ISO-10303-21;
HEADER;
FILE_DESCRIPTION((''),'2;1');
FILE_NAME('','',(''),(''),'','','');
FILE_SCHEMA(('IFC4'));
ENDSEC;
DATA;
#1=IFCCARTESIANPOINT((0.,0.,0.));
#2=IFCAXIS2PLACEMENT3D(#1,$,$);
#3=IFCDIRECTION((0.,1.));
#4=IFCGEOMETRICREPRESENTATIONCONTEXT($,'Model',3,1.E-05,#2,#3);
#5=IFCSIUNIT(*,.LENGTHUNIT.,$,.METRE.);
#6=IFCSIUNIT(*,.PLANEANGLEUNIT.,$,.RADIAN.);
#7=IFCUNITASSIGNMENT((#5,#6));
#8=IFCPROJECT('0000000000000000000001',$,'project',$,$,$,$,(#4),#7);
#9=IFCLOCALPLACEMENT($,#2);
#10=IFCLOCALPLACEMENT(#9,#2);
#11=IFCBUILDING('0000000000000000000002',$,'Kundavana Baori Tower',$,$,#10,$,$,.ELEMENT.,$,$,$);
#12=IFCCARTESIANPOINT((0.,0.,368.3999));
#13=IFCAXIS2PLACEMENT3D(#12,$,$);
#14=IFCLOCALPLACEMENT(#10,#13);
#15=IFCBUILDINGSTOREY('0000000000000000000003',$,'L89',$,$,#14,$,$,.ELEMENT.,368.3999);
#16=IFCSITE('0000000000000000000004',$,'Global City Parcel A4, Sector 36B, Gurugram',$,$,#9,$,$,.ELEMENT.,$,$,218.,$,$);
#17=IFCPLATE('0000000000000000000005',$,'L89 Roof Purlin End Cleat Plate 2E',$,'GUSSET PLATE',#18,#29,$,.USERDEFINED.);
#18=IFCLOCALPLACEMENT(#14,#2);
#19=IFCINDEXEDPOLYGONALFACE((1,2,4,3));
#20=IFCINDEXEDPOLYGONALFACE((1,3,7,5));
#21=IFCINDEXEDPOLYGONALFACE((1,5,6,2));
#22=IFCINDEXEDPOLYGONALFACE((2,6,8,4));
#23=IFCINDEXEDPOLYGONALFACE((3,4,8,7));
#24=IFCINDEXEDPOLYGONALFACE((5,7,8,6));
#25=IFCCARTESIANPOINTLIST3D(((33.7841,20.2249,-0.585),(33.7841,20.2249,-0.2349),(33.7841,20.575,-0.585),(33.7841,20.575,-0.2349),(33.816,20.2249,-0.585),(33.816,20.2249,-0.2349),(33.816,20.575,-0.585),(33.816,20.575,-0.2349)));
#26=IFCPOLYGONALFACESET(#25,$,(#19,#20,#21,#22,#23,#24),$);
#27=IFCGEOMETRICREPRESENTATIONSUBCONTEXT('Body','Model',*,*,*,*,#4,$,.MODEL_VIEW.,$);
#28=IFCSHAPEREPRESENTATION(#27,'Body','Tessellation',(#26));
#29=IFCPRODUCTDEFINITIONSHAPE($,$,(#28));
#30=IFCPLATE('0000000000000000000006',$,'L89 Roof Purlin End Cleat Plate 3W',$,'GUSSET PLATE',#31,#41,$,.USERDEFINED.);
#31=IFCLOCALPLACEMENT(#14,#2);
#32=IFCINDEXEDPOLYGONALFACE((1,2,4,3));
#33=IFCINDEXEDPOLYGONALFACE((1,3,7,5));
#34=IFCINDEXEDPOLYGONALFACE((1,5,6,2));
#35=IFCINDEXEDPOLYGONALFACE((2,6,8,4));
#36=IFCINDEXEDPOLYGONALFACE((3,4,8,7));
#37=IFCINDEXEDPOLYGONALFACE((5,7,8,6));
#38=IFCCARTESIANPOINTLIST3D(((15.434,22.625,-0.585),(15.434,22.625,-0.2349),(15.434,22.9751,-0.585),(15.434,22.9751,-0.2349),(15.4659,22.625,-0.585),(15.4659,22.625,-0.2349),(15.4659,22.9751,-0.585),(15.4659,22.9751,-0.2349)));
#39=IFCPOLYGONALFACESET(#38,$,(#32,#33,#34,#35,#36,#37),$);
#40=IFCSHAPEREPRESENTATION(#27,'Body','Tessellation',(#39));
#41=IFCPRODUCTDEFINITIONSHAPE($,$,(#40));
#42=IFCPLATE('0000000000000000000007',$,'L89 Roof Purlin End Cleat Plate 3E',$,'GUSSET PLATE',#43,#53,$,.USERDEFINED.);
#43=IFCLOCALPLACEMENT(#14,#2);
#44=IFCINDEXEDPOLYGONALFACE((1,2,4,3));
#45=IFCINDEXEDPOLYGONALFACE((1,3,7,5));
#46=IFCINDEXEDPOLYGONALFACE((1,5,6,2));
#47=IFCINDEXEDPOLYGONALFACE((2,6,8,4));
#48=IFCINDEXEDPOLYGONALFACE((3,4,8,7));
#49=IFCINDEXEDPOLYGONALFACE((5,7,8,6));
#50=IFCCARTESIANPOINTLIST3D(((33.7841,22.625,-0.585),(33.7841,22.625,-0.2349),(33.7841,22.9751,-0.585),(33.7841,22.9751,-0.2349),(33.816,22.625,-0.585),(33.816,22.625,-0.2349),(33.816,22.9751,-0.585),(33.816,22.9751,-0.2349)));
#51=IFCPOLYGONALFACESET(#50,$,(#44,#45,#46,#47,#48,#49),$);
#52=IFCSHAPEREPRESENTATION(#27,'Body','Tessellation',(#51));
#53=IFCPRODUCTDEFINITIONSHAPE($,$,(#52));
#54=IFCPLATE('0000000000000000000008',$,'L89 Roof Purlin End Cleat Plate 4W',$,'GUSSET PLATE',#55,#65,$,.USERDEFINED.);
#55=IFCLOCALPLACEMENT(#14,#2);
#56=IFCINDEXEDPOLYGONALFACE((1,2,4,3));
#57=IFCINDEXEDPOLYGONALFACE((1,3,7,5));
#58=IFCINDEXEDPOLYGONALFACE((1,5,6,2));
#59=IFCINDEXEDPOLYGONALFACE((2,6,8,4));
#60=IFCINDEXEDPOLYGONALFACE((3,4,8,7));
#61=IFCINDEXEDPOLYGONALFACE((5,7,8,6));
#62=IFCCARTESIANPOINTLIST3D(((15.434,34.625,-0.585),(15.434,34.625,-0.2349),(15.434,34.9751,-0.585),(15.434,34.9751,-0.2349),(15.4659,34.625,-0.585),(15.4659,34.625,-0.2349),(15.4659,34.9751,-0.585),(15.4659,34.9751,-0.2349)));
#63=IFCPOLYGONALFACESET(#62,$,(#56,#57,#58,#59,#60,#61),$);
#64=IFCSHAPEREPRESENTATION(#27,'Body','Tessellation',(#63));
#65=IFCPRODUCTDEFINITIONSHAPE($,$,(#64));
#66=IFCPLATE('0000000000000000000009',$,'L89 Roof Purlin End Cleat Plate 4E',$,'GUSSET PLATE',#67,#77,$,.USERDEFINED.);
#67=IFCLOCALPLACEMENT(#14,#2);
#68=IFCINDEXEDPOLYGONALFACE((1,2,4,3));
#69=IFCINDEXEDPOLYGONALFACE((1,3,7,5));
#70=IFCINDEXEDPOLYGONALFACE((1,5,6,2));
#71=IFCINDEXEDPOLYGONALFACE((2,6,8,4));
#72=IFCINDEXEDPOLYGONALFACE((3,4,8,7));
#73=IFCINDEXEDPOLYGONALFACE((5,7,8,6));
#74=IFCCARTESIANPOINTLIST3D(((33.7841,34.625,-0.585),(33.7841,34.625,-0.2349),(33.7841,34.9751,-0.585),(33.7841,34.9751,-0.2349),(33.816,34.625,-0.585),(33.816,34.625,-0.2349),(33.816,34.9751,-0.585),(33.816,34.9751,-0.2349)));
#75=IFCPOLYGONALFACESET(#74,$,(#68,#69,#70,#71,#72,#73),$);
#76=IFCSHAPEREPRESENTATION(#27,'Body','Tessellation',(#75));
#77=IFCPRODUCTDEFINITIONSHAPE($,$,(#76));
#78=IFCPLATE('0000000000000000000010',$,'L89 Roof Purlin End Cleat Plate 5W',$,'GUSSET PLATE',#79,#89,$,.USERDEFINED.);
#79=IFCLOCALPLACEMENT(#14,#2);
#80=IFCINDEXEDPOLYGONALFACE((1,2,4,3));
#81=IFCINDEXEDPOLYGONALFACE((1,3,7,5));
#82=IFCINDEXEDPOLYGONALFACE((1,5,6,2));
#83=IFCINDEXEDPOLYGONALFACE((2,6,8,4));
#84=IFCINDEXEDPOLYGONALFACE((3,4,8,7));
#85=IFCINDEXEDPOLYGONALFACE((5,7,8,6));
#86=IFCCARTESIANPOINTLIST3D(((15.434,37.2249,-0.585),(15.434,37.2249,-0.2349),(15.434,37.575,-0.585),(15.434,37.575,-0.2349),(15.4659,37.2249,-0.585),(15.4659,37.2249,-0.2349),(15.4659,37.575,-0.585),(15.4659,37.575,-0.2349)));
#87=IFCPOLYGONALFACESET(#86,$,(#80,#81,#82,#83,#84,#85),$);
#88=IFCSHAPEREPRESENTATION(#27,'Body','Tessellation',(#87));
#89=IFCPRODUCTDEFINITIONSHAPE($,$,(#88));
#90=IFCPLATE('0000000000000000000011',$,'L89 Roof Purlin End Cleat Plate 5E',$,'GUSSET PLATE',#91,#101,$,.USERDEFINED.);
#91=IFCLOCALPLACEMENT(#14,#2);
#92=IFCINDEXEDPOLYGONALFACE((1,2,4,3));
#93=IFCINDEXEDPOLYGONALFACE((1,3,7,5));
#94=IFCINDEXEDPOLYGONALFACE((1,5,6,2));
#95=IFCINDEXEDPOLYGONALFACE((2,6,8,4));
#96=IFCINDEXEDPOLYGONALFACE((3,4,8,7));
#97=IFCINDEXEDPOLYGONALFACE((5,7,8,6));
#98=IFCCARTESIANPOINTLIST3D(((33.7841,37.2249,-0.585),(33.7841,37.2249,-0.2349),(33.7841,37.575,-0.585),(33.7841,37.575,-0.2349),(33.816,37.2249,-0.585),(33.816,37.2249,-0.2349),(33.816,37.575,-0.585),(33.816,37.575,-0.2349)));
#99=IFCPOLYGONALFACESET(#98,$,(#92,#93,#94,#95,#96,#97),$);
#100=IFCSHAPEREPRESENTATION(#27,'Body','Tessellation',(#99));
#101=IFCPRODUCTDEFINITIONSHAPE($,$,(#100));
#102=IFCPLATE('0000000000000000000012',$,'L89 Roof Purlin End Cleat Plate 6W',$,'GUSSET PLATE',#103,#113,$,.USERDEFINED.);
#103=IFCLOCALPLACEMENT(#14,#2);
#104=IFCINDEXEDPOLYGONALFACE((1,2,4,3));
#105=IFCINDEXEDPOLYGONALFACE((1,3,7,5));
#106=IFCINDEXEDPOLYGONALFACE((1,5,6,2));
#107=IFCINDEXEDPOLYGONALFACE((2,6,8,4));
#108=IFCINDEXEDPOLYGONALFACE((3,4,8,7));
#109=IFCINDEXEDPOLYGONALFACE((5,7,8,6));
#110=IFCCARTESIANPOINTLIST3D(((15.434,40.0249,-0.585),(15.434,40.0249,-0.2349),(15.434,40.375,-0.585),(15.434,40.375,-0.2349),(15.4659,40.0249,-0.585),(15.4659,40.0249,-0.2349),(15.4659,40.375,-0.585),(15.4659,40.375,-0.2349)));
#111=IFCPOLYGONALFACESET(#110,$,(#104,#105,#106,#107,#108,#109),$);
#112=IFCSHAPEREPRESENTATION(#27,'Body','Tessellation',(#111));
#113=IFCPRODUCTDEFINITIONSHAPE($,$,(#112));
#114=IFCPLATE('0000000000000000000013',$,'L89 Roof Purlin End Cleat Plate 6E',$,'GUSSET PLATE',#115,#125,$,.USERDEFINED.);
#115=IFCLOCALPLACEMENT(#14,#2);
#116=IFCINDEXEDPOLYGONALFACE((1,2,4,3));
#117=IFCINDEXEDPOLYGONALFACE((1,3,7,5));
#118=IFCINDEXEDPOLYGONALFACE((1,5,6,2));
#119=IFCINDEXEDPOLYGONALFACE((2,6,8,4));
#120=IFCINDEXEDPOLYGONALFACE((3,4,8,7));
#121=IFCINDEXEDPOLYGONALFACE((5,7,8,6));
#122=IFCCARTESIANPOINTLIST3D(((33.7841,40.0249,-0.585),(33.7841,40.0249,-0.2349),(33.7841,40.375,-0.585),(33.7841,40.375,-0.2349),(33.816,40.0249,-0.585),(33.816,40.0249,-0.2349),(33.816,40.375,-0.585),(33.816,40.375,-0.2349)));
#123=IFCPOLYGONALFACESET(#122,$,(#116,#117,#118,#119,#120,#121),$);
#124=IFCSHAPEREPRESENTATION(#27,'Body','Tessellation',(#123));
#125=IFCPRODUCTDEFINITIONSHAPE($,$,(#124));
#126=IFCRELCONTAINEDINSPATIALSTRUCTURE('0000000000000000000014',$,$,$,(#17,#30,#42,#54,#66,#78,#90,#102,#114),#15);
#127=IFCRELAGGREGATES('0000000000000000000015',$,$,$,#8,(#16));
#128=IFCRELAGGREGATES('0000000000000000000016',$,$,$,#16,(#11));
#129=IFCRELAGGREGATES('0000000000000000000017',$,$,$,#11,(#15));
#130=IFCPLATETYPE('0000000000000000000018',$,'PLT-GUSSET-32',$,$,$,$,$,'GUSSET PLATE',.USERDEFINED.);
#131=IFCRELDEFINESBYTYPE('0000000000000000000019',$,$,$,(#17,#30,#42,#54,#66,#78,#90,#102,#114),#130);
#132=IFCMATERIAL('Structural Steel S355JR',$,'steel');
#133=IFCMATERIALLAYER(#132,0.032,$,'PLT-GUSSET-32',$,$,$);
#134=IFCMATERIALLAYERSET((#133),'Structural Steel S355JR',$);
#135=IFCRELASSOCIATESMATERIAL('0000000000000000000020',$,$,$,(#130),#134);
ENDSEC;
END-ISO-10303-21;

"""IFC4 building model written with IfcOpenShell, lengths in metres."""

from ifc_helpers import new_model, si_unit, direction, frame, origin, origin_2d, place, context, subcontext, project, spatial, rectangle, extrude, material, layer, layer_set, type_object, element, save


model = new_model("IFC4")

# Units and contexts
model_context = context("Model", 3, precision=1e-05, world=origin(), true_north=direction((0.0, 1.0)))
body_context = subcontext(model_context, "Body", "Model", "MODEL_VIEW")
ifc_project = project(units=[si_unit("LENGTHUNIT", "METRE"), si_unit("PLANEANGLEUNIT", "RADIAN")], contexts=[model_context])

# Site, building, storey
site_placement = place(None, origin())
site = spatial("IfcSite", under=ifc_project, at=site_placement, Name="Global City Parcel A4, Sector 36B, Gurugram", CompositionType="ELEMENT", RefElevation=218.0)
building_placement = place(site_placement, origin())
building = spatial("IfcBuilding", under=site, at=building_placement, Name="Kundavana Baori Tower", CompositionType="ELEMENT")
storey_placement = place(building_placement, frame((0.0, 0.0, 368.3999)))
storey = spatial("IfcBuildingStorey", under=building, at=storey_placement, Name="L89", CompositionType="ELEMENT", Elevation=368.3999)

# Plates
ifc_material_1 = material(Name="Structural Steel S355JR", Category="steel")
ifc_layer = layer(ifc_material_1, 0.032, Name="PLT-GUSSET-32")
ifc_layer_set = layer_set([ifc_layer], Name="Structural Steel S355JR")
plate_type = type_object("IfcPlateType", Name="PLT-GUSSET-32", ElementType="GUSSET PLATE", PredefinedType="USERDEFINED", material=ifc_layer_set)
for number, where, z_axis, x_axis, name in (
    (1, (33.8, 20.3999, -0.585), (0.0, 0.0, 1.0), (1.0, 0.0, 0.0), "L89 Roof Purlin End Cleat Plate 2E"),
    (2, (15.45, 22.8, -0.585), (0.0, 0.0, 1.0), (1.0, 0.0, 0.0), "L89 Roof Purlin End Cleat Plate 3W"),
    (3, (33.8, 22.8, -0.585), (0.0, 0.0, 1.0), (1.0, 0.0, 0.0), "L89 Roof Purlin End Cleat Plate 3E"),
    (4, (15.45, 34.8, -0.585), (0.0, 0.0, 1.0), (1.0, 0.0, 0.0), "L89 Roof Purlin End Cleat Plate 4W"),
    (5, (33.8, 34.8, -0.585), (0.0, 0.0, 1.0), (1.0, 0.0, 0.0), "L89 Roof Purlin End Cleat Plate 4E"),
    (6, (15.45, 37.3999, -0.585), (0.0, 0.0, 1.0), (1.0, 0.0, 0.0), "L89 Roof Purlin End Cleat Plate 5W"),
    (7, (33.8, 37.3999, -0.585), (0.0, 0.0, 1.0), (1.0, 0.0, 0.0), "L89 Roof Purlin End Cleat Plate 5E"),
    (8, (15.45, 40.2, -0.585), (0.0, 0.0, 1.0), (1.0, 0.0, 0.0), "L89 Roof Purlin End Cleat Plate 6W"),
    (9, (33.8, 40.2, -0.585), (0.0, 0.0, 1.0), (1.0, 0.0, 0.0), "L89 Roof Purlin End Cleat Plate 6E"),
):
    element("IfcPlate", number, at=place(storey_placement, frame(where, z_axis=z_axis, x_axis=x_axis)), inside=storey, type_object=plate_type, Name=name, ObjectType="GUSSET PLATE", PredefinedType="USERDEFINED", context=body_context, shape_type="SweptSolid", body=[
        extrude(rectangle(XDim=0.032, YDim=0.3501, at=origin_2d()), origin(), (0.0, 0.0, 1.0), 0.3501),
    ])

save(model, "model.ifc")
